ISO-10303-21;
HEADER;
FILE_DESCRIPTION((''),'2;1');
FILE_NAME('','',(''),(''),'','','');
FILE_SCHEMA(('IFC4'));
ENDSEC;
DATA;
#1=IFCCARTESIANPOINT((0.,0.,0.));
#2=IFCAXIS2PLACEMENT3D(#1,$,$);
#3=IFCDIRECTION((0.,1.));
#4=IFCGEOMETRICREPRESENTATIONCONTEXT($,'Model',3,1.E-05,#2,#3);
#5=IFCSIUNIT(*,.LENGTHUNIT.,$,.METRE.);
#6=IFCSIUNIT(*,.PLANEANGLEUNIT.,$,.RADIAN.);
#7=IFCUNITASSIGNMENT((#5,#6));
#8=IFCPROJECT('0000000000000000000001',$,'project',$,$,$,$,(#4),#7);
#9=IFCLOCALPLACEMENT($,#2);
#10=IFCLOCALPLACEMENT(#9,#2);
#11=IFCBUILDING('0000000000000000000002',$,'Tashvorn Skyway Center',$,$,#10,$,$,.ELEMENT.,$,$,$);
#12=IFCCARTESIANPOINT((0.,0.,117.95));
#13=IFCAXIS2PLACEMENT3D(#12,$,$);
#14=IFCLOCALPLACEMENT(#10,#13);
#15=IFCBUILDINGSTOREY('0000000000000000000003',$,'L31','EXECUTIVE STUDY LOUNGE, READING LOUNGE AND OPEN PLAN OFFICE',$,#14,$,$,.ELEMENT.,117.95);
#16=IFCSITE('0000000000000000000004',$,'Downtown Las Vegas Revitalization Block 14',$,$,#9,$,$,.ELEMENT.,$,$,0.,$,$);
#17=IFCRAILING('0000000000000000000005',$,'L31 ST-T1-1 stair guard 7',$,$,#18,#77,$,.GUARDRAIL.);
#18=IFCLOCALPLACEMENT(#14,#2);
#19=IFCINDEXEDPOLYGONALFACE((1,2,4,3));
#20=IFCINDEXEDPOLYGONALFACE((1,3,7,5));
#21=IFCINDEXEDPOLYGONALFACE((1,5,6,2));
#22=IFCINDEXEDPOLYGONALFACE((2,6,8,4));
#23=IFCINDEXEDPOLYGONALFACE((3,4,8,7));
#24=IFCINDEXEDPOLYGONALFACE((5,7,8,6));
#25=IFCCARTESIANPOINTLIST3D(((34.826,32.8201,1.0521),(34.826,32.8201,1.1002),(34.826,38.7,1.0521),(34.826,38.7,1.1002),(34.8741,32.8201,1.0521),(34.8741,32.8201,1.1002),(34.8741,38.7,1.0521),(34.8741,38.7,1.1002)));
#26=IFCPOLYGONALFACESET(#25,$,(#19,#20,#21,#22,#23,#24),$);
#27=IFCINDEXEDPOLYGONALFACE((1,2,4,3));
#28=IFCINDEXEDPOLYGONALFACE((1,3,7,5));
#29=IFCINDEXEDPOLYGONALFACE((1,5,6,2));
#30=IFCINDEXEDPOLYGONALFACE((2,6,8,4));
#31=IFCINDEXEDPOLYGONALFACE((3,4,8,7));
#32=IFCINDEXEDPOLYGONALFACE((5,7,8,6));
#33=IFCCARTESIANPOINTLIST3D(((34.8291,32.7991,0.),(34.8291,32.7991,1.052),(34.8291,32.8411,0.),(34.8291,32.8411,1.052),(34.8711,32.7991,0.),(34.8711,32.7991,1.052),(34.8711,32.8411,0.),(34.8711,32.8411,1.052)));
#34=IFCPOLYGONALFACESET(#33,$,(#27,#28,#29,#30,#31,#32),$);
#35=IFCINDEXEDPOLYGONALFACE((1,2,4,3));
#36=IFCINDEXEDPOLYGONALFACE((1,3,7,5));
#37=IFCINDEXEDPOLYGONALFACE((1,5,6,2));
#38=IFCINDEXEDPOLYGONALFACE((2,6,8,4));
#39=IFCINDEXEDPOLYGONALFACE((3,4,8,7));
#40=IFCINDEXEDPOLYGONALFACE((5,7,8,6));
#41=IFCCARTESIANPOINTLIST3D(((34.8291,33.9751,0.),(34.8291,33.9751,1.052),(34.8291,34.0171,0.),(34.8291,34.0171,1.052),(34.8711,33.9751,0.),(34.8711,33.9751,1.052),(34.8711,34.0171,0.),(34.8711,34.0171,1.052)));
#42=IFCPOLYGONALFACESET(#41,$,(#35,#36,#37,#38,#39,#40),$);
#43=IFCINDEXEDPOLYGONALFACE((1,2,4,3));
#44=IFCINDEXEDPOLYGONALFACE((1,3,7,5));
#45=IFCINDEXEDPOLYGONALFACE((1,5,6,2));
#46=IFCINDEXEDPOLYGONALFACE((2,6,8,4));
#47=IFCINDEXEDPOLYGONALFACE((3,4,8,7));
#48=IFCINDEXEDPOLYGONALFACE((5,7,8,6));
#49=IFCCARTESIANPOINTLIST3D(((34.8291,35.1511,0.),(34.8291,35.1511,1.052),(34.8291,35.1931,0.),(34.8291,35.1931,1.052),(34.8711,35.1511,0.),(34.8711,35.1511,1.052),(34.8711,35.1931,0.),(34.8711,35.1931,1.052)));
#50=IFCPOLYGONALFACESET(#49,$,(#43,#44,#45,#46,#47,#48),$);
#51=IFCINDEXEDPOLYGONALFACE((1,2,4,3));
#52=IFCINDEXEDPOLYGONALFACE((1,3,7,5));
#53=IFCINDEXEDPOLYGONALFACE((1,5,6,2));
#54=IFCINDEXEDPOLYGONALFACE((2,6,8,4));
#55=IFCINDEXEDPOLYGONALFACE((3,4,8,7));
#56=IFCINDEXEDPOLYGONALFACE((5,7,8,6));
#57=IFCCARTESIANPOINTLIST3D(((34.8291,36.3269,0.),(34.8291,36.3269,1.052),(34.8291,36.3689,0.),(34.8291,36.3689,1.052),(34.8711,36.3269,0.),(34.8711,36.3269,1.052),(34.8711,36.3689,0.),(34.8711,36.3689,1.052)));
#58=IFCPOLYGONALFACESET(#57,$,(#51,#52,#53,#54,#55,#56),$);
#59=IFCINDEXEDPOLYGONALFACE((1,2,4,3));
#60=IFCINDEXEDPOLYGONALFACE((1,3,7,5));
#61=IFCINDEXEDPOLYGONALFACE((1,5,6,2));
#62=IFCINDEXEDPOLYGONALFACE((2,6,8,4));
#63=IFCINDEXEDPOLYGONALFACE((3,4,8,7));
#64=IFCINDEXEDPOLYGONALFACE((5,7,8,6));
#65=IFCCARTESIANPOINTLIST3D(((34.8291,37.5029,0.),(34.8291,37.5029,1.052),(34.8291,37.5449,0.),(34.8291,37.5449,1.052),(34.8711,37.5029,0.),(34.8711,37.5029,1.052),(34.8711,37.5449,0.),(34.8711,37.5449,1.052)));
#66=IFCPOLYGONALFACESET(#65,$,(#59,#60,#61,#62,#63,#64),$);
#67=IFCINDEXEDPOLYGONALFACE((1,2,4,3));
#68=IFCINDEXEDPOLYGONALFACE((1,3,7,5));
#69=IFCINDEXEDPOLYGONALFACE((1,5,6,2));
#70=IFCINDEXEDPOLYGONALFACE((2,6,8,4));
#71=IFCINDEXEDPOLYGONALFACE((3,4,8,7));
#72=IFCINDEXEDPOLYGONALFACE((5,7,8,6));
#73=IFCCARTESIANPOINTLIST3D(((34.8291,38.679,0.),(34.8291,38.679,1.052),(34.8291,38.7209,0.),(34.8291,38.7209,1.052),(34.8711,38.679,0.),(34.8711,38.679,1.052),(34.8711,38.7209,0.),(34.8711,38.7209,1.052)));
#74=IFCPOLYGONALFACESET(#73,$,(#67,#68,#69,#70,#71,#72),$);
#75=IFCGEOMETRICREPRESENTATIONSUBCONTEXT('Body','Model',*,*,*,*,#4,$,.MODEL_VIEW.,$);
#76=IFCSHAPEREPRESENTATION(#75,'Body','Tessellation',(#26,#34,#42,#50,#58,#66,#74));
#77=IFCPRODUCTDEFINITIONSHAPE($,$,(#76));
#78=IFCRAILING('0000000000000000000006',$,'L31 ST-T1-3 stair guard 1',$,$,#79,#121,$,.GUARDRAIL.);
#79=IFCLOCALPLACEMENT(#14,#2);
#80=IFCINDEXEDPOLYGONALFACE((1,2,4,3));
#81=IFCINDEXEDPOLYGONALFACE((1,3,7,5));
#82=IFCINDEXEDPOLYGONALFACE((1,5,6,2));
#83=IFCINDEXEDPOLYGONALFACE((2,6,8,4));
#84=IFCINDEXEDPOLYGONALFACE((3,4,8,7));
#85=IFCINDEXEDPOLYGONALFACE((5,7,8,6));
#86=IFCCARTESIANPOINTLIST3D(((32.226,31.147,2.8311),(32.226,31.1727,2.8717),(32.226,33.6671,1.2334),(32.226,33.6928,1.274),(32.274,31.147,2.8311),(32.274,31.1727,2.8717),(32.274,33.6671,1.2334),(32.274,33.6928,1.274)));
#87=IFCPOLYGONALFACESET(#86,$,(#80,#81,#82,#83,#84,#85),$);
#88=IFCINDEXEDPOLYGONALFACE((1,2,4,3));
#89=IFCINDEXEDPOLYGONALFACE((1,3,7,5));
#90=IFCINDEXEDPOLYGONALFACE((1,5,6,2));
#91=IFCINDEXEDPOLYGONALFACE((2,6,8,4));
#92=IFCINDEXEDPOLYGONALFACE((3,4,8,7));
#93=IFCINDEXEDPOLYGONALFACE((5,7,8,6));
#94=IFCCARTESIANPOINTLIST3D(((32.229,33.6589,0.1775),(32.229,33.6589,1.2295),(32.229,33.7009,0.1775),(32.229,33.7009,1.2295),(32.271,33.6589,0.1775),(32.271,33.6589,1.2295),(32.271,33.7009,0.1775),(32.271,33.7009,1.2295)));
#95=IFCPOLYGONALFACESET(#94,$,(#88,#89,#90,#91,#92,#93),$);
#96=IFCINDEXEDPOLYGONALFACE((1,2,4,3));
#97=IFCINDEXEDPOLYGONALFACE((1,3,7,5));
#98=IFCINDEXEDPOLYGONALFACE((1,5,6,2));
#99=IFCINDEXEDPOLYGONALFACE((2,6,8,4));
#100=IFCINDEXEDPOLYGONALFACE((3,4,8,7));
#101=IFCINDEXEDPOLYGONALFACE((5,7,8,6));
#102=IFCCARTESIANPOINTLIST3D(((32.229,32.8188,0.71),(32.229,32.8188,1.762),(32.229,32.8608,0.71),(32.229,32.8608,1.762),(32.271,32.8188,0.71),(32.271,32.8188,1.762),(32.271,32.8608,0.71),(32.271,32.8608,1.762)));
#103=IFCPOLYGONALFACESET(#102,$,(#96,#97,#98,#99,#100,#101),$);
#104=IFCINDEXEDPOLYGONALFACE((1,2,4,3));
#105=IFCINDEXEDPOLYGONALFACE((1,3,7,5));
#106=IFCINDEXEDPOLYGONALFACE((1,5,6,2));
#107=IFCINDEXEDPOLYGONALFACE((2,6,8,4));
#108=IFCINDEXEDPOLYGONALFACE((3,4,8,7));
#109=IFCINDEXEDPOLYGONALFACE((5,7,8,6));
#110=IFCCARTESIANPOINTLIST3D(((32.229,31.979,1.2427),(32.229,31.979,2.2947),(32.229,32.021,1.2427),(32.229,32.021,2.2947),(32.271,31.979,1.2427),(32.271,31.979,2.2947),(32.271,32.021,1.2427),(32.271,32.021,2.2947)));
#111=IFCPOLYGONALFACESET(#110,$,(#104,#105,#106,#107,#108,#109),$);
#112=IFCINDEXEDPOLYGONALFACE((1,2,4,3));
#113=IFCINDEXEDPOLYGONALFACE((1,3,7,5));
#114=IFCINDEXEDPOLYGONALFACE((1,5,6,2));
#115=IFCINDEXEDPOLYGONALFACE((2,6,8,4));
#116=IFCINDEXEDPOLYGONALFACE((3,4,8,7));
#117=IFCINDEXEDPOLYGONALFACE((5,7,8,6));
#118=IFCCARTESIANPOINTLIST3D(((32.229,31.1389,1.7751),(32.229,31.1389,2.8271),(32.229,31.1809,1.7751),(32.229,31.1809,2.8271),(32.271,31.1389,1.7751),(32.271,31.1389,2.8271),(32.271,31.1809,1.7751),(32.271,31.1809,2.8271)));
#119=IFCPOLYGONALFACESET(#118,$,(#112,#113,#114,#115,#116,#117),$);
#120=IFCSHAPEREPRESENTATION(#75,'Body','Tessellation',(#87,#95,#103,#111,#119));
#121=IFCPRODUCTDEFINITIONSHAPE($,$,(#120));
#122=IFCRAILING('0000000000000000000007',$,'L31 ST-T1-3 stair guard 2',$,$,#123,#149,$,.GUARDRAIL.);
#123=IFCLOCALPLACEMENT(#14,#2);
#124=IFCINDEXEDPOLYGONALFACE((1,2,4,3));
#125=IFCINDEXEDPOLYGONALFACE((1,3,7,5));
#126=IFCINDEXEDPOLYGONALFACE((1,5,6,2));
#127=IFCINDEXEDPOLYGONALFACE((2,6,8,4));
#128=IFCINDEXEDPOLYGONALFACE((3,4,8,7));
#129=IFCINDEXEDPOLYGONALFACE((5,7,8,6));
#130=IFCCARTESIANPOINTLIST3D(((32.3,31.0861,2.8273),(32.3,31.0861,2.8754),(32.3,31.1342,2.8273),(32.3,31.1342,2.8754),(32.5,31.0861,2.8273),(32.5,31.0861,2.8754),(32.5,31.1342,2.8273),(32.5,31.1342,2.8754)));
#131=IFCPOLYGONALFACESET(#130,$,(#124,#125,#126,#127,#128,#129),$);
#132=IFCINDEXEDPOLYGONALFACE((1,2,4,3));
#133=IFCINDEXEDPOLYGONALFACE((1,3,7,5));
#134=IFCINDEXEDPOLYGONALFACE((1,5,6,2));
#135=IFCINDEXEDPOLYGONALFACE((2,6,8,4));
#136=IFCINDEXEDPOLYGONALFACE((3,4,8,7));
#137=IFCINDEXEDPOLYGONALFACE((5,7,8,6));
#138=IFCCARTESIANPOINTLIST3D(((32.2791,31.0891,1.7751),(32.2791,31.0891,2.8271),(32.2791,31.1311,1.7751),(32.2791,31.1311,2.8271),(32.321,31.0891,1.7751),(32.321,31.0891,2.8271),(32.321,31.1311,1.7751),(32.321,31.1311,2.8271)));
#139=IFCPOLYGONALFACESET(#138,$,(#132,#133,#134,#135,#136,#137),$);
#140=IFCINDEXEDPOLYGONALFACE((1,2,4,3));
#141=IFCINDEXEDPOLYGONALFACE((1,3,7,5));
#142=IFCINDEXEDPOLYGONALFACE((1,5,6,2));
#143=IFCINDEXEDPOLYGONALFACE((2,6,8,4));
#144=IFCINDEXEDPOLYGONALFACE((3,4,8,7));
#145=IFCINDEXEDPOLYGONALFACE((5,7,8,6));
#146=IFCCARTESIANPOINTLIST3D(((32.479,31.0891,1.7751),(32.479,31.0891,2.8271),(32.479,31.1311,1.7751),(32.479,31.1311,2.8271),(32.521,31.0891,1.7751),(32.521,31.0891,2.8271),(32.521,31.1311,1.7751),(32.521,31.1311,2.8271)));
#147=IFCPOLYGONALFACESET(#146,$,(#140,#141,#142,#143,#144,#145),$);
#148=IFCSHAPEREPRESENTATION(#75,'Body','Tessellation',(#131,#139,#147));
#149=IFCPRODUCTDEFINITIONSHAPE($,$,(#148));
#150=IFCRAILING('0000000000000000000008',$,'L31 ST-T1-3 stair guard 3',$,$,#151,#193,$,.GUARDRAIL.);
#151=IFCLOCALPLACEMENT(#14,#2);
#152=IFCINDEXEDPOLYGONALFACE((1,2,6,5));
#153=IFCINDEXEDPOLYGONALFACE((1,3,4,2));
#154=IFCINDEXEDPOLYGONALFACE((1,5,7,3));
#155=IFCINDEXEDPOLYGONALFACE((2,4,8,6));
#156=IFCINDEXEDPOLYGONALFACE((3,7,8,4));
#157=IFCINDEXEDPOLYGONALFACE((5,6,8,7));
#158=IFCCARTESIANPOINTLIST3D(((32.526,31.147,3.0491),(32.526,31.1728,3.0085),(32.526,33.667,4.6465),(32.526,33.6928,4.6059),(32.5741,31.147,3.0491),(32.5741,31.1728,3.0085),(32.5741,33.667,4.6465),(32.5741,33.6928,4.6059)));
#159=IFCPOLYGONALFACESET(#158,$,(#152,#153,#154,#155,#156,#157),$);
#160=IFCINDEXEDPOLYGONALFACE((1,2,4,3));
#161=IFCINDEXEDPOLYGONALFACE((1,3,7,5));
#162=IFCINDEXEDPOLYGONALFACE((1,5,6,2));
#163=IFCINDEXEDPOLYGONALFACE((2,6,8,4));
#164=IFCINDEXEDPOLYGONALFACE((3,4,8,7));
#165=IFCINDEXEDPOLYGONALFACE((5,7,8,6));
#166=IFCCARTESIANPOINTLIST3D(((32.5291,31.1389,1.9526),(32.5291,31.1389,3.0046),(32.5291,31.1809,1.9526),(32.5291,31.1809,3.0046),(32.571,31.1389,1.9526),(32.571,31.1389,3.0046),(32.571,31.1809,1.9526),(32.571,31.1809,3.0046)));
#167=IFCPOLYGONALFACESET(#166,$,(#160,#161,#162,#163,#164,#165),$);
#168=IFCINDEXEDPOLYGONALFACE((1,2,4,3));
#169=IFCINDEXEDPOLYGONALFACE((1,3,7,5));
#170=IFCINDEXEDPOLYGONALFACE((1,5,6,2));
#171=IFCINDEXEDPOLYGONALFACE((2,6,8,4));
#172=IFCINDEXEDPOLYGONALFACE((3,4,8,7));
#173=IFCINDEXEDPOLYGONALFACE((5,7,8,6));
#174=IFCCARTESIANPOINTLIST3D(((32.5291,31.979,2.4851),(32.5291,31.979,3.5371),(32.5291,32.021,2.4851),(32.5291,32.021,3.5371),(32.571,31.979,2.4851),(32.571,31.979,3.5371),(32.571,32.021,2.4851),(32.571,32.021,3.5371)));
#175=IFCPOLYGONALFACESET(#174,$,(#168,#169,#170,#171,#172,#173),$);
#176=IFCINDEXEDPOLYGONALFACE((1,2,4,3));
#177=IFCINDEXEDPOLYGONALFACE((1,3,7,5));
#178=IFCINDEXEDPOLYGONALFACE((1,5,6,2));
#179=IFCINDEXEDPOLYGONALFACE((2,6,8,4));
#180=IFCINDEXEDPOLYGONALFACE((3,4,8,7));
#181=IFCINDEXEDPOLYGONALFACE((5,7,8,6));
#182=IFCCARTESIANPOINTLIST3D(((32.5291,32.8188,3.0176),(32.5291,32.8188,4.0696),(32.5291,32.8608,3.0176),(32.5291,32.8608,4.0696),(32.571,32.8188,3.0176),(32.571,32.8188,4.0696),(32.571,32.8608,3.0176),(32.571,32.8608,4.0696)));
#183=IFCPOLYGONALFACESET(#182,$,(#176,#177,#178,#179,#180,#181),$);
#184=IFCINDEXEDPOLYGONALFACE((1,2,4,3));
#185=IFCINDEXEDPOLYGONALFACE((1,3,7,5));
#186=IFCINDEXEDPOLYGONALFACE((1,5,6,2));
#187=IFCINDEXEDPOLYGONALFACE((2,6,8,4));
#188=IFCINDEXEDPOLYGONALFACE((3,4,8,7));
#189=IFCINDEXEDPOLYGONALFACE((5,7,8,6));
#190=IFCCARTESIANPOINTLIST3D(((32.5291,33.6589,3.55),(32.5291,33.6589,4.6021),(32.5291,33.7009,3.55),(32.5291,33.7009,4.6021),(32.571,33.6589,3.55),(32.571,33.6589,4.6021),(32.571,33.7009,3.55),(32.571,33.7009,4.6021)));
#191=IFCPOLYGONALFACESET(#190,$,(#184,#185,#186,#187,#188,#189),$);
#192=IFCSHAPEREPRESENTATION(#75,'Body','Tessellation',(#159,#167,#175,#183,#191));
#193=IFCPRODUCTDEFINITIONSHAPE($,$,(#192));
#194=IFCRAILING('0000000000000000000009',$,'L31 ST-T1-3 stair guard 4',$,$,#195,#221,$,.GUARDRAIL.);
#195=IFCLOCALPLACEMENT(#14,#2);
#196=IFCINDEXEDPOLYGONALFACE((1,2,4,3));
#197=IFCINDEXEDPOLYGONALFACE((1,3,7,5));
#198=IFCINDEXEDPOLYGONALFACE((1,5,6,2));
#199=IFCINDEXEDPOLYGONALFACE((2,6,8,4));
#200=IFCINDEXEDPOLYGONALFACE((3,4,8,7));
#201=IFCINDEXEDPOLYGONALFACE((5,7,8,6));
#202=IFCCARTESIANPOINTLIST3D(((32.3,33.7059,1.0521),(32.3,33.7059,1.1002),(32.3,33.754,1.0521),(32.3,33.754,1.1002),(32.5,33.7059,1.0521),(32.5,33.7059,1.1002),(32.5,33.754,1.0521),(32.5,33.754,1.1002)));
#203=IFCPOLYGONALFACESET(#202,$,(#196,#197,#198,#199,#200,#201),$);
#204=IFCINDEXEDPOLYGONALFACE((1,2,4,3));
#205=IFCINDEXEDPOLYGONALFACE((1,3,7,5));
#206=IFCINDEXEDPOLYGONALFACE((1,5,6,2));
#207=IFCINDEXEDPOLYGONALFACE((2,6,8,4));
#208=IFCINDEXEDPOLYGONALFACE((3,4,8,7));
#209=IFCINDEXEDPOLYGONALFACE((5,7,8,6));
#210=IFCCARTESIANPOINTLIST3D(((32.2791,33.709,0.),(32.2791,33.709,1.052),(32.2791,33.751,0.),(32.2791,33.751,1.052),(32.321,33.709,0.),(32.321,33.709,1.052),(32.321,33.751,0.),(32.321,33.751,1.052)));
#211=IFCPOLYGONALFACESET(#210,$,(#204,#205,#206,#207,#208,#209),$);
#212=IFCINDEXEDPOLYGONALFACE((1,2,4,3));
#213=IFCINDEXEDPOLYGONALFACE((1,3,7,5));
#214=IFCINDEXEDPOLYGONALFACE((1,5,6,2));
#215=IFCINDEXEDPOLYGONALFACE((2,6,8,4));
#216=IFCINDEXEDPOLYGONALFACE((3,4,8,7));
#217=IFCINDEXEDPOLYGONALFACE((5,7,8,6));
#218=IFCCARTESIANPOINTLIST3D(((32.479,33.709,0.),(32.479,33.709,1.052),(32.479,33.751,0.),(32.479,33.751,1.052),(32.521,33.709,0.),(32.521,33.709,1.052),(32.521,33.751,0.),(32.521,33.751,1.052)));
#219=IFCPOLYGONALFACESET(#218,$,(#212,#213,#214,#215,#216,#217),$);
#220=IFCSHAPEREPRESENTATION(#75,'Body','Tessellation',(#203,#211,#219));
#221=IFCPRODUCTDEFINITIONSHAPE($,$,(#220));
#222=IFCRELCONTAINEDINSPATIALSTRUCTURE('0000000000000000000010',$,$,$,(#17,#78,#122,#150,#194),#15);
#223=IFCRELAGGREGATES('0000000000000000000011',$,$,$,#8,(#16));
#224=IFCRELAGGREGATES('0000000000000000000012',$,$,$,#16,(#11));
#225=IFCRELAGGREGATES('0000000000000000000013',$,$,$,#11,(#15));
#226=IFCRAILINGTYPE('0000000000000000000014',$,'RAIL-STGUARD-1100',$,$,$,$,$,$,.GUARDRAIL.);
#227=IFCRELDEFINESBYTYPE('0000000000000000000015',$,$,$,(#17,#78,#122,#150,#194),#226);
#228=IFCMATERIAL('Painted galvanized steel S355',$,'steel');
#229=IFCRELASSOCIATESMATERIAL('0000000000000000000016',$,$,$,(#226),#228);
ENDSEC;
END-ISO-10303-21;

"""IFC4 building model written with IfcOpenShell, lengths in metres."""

from ifc_helpers import new_model, si_unit, direction, frame, origin, origin_2d, place, context, subcontext, project, spatial, rectangle, extrude, material, type_object, element, save


model = new_model("IFC4")

# Units and contexts
model_context = context("Model", 3, precision=1e-05, world=origin(), true_north=direction((0.0, 1.0)))
body_context = subcontext(model_context, "Body", "Model", "MODEL_VIEW")
ifc_project = project(units=[si_unit("LENGTHUNIT", "METRE"), si_unit("PLANEANGLEUNIT", "RADIAN")], contexts=[model_context])

# Site, building, storey
site_placement = place(None, origin())
site = spatial("IfcSite", under=ifc_project, at=site_placement, Name="Downtown Las Vegas Revitalization Block 14", CompositionType="ELEMENT", RefElevation=0.0)
building_placement = place(site_placement, origin())
building = spatial("IfcBuilding", under=site, at=building_placement, Name="Tashvorn Skyway Center", CompositionType="ELEMENT")
storey_placement = place(building_placement, frame((0.0, 0.0, 117.95)))
storey = spatial("IfcBuildingStorey", under=building, at=storey_placement, Name="L31", Description="EXECUTIVE STUDY LOUNGE, READING LOUNGE AND OPEN PLAN OFFICE", CompositionType="ELEMENT", Elevation=117.95)

# Railings
ifc_material_1 = material(Name="Painted galvanized steel S355", Category="steel")
railing_type_1 = type_object("IfcRailingType", Name="RAIL-STGUARD-1100", PredefinedType="GUARDRAIL", material=ifc_material_1)
railing_1_placement = place(storey_placement, frame((34.8501, 32.8201, 0.0)))
element("IfcRailing", 1, at=railing_1_placement, inside=storey, type_object=railing_type_1, Name="L31 ST-T1-1 stair guard 7", PredefinedType="GUARDRAIL", context=body_context, shape_type="SweptSolid", body=[
    extrude(rectangle(XDim=0.0481, YDim=0.0481, at=origin_2d()), frame((0.0, 0.0, 1.0762), z_axis=(0.0, 1.0, 0.0), x_axis=(-1.0, 0.0, 0.0)), (0.0, 0.0, 1.0), 5.8799),
    extrude(rectangle(XDim=0.042, YDim=0.042, at=origin_2d()), origin(), (0.0, 0.0, 1.0), 1.052),
    extrude(rectangle(XDim=0.042, YDim=0.042, at=origin_2d()), frame((0.0, 1.176, 0.0)), (0.0, 0.0, 1.0), 1.052),
    extrude(rectangle(XDim=0.042, YDim=0.042, at=origin_2d()), frame((0.0, 2.3521, 0.0)), (0.0, 0.0, 1.0), 1.052),
    extrude(rectangle(XDim=0.042, YDim=0.042, at=origin_2d()), frame((0.0, 3.5278, 0.0)), (0.0, 0.0, 1.0), 1.052),
    extrude(rectangle(XDim=0.042, YDim=0.042, at=origin_2d()), frame((0.0, 4.7039, 0.0)), (0.0, 0.0, 1.0), 1.052),
    extrude(rectangle(XDim=0.042, YDim=0.042, at=origin_2d()), frame((0.0, 5.8799, 0.0)), (0.0, 0.0, 1.0), 1.052),
])
railing_2_placement = place(storey_placement, frame((32.25, 33.6799, 0.1775)))
element("IfcRailing", 2, at=railing_2_placement, inside=storey, type_object=railing_type_1, Name="L31 ST-T1-3 stair guard 1", PredefinedType="GUARDRAIL", context=body_context, shape_type="SweptSolid", body=[
    extrude(rectangle(XDim=0.0481, YDim=0.0481, at=origin_2d()), frame((0.0, 0.0, 1.0762), z_axis=(0.0, -0.84457, 0.535445), x_axis=(1.0, 0.0, 0.0)), (0.0, 0.0, 1.0), 2.9839),
    extrude(rectangle(XDim=0.042, YDim=0.042, at=origin_2d()), origin(), (0.0, 0.0, 1.0), 1.052),
    extrude(rectangle(XDim=0.042, YDim=0.042, at=origin_2d()), frame((0.0, -0.8401, 0.5325)), (0.0, 0.0, 1.0), 1.052),
    extrude(rectangle(XDim=0.042, YDim=0.042, at=origin_2d()), frame((0.0, -1.6799, 1.0652)), (0.0, 0.0, 1.0), 1.052),
    extrude(rectangle(XDim=0.042, YDim=0.042, at=origin_2d()), frame((0.0, -2.52, 1.5977)), (0.0, 0.0, 1.0), 1.052),
])
railing_3_placement = place(storey_placement, frame((32.3, 31.1101, 1.7751)))
element("IfcRailing", 3, at=railing_3_placement, inside=storey, type_object=railing_type_1, Name="L31 ST-T1-3 stair guard 2", PredefinedType="GUARDRAIL", context=body_context, shape_type="SweptSolid", body=[
    extrude(rectangle(XDim=0.0481, YDim=0.0481, at=origin_2d()), frame((0.0, 0.0, 1.0762), z_axis=(1.0, 0.0, 0.0), x_axis=(0.0, 1.0, 0.0)), (0.0, 0.0, 1.0), 0.2),
    extrude(rectangle(XDim=0.042, YDim=0.042, at=origin_2d()), origin(), (0.0, 0.0, 1.0), 1.052),
    extrude(rectangle(XDim=0.042, YDim=0.042, at=origin_2d()), frame((0.2, 0.0, 0.0)), (0.0, 0.0, 1.0), 1.052),
])
railing_4_placement = place(storey_placement, frame((32.55, 31.1599, 1.9526)))
element("IfcRailing", 4, at=railing_4_placement, inside=storey, type_object=railing_type_1, Name="L31 ST-T1-3 stair guard 3", PredefinedType="GUARDRAIL", context=body_context, shape_type="SweptSolid", body=[
    extrude(rectangle(XDim=0.0481, YDim=0.0481, at=origin_2d()), frame((0.0, 0.0, 1.0762), z_axis=(0.0, 0.844607, 0.535387), x_axis=(-1.0, 0.0, 0.0)), (0.0, 0.0, 1.0), 2.9836),
    extrude(rectangle(XDim=0.042, YDim=0.042, at=origin_2d()), origin(), (0.0, 0.0, 1.0), 1.052),
    extrude(rectangle(XDim=0.042, YDim=0.042, at=origin_2d()), frame((0.0, 0.8401, 0.5325)), (0.0, 0.0, 1.0), 1.052),
    extrude(rectangle(XDim=0.042, YDim=0.042, at=origin_2d()), frame((0.0, 1.6799, 1.0649)), (0.0, 0.0, 1.0), 1.052),
    extrude(rectangle(XDim=0.042, YDim=0.042, at=origin_2d()), frame((0.0, 2.52, 1.5974)), (0.0, 0.0, 1.0), 1.052),
])
railing_5_placement = place(storey_placement, frame((32.3, 33.73, 0.0)))
element("IfcRailing", 5, at=railing_5_placement, inside=storey, type_object=railing_type_1, Name="L31 ST-T1-3 stair guard 4", PredefinedType="GUARDRAIL", context=body_context, shape_type="SweptSolid", body=[
    extrude(rectangle(XDim=0.0481, YDim=0.0481, at=origin_2d()), frame((0.0, 0.0, 1.0762), z_axis=(1.0, 0.0, 0.0), x_axis=(0.0, 1.0, 0.0)), (0.0, 0.0, 1.0), 0.2),
    extrude(rectangle(XDim=0.042, YDim=0.042, at=origin_2d()), origin(), (0.0, 0.0, 1.0), 1.052),
    extrude(rectangle(XDim=0.042, YDim=0.042, at=origin_2d()), frame((0.2, 0.0, 0.0)), (0.0, 0.0, 1.0), 1.052),
])

save(model, "model.ifc")
